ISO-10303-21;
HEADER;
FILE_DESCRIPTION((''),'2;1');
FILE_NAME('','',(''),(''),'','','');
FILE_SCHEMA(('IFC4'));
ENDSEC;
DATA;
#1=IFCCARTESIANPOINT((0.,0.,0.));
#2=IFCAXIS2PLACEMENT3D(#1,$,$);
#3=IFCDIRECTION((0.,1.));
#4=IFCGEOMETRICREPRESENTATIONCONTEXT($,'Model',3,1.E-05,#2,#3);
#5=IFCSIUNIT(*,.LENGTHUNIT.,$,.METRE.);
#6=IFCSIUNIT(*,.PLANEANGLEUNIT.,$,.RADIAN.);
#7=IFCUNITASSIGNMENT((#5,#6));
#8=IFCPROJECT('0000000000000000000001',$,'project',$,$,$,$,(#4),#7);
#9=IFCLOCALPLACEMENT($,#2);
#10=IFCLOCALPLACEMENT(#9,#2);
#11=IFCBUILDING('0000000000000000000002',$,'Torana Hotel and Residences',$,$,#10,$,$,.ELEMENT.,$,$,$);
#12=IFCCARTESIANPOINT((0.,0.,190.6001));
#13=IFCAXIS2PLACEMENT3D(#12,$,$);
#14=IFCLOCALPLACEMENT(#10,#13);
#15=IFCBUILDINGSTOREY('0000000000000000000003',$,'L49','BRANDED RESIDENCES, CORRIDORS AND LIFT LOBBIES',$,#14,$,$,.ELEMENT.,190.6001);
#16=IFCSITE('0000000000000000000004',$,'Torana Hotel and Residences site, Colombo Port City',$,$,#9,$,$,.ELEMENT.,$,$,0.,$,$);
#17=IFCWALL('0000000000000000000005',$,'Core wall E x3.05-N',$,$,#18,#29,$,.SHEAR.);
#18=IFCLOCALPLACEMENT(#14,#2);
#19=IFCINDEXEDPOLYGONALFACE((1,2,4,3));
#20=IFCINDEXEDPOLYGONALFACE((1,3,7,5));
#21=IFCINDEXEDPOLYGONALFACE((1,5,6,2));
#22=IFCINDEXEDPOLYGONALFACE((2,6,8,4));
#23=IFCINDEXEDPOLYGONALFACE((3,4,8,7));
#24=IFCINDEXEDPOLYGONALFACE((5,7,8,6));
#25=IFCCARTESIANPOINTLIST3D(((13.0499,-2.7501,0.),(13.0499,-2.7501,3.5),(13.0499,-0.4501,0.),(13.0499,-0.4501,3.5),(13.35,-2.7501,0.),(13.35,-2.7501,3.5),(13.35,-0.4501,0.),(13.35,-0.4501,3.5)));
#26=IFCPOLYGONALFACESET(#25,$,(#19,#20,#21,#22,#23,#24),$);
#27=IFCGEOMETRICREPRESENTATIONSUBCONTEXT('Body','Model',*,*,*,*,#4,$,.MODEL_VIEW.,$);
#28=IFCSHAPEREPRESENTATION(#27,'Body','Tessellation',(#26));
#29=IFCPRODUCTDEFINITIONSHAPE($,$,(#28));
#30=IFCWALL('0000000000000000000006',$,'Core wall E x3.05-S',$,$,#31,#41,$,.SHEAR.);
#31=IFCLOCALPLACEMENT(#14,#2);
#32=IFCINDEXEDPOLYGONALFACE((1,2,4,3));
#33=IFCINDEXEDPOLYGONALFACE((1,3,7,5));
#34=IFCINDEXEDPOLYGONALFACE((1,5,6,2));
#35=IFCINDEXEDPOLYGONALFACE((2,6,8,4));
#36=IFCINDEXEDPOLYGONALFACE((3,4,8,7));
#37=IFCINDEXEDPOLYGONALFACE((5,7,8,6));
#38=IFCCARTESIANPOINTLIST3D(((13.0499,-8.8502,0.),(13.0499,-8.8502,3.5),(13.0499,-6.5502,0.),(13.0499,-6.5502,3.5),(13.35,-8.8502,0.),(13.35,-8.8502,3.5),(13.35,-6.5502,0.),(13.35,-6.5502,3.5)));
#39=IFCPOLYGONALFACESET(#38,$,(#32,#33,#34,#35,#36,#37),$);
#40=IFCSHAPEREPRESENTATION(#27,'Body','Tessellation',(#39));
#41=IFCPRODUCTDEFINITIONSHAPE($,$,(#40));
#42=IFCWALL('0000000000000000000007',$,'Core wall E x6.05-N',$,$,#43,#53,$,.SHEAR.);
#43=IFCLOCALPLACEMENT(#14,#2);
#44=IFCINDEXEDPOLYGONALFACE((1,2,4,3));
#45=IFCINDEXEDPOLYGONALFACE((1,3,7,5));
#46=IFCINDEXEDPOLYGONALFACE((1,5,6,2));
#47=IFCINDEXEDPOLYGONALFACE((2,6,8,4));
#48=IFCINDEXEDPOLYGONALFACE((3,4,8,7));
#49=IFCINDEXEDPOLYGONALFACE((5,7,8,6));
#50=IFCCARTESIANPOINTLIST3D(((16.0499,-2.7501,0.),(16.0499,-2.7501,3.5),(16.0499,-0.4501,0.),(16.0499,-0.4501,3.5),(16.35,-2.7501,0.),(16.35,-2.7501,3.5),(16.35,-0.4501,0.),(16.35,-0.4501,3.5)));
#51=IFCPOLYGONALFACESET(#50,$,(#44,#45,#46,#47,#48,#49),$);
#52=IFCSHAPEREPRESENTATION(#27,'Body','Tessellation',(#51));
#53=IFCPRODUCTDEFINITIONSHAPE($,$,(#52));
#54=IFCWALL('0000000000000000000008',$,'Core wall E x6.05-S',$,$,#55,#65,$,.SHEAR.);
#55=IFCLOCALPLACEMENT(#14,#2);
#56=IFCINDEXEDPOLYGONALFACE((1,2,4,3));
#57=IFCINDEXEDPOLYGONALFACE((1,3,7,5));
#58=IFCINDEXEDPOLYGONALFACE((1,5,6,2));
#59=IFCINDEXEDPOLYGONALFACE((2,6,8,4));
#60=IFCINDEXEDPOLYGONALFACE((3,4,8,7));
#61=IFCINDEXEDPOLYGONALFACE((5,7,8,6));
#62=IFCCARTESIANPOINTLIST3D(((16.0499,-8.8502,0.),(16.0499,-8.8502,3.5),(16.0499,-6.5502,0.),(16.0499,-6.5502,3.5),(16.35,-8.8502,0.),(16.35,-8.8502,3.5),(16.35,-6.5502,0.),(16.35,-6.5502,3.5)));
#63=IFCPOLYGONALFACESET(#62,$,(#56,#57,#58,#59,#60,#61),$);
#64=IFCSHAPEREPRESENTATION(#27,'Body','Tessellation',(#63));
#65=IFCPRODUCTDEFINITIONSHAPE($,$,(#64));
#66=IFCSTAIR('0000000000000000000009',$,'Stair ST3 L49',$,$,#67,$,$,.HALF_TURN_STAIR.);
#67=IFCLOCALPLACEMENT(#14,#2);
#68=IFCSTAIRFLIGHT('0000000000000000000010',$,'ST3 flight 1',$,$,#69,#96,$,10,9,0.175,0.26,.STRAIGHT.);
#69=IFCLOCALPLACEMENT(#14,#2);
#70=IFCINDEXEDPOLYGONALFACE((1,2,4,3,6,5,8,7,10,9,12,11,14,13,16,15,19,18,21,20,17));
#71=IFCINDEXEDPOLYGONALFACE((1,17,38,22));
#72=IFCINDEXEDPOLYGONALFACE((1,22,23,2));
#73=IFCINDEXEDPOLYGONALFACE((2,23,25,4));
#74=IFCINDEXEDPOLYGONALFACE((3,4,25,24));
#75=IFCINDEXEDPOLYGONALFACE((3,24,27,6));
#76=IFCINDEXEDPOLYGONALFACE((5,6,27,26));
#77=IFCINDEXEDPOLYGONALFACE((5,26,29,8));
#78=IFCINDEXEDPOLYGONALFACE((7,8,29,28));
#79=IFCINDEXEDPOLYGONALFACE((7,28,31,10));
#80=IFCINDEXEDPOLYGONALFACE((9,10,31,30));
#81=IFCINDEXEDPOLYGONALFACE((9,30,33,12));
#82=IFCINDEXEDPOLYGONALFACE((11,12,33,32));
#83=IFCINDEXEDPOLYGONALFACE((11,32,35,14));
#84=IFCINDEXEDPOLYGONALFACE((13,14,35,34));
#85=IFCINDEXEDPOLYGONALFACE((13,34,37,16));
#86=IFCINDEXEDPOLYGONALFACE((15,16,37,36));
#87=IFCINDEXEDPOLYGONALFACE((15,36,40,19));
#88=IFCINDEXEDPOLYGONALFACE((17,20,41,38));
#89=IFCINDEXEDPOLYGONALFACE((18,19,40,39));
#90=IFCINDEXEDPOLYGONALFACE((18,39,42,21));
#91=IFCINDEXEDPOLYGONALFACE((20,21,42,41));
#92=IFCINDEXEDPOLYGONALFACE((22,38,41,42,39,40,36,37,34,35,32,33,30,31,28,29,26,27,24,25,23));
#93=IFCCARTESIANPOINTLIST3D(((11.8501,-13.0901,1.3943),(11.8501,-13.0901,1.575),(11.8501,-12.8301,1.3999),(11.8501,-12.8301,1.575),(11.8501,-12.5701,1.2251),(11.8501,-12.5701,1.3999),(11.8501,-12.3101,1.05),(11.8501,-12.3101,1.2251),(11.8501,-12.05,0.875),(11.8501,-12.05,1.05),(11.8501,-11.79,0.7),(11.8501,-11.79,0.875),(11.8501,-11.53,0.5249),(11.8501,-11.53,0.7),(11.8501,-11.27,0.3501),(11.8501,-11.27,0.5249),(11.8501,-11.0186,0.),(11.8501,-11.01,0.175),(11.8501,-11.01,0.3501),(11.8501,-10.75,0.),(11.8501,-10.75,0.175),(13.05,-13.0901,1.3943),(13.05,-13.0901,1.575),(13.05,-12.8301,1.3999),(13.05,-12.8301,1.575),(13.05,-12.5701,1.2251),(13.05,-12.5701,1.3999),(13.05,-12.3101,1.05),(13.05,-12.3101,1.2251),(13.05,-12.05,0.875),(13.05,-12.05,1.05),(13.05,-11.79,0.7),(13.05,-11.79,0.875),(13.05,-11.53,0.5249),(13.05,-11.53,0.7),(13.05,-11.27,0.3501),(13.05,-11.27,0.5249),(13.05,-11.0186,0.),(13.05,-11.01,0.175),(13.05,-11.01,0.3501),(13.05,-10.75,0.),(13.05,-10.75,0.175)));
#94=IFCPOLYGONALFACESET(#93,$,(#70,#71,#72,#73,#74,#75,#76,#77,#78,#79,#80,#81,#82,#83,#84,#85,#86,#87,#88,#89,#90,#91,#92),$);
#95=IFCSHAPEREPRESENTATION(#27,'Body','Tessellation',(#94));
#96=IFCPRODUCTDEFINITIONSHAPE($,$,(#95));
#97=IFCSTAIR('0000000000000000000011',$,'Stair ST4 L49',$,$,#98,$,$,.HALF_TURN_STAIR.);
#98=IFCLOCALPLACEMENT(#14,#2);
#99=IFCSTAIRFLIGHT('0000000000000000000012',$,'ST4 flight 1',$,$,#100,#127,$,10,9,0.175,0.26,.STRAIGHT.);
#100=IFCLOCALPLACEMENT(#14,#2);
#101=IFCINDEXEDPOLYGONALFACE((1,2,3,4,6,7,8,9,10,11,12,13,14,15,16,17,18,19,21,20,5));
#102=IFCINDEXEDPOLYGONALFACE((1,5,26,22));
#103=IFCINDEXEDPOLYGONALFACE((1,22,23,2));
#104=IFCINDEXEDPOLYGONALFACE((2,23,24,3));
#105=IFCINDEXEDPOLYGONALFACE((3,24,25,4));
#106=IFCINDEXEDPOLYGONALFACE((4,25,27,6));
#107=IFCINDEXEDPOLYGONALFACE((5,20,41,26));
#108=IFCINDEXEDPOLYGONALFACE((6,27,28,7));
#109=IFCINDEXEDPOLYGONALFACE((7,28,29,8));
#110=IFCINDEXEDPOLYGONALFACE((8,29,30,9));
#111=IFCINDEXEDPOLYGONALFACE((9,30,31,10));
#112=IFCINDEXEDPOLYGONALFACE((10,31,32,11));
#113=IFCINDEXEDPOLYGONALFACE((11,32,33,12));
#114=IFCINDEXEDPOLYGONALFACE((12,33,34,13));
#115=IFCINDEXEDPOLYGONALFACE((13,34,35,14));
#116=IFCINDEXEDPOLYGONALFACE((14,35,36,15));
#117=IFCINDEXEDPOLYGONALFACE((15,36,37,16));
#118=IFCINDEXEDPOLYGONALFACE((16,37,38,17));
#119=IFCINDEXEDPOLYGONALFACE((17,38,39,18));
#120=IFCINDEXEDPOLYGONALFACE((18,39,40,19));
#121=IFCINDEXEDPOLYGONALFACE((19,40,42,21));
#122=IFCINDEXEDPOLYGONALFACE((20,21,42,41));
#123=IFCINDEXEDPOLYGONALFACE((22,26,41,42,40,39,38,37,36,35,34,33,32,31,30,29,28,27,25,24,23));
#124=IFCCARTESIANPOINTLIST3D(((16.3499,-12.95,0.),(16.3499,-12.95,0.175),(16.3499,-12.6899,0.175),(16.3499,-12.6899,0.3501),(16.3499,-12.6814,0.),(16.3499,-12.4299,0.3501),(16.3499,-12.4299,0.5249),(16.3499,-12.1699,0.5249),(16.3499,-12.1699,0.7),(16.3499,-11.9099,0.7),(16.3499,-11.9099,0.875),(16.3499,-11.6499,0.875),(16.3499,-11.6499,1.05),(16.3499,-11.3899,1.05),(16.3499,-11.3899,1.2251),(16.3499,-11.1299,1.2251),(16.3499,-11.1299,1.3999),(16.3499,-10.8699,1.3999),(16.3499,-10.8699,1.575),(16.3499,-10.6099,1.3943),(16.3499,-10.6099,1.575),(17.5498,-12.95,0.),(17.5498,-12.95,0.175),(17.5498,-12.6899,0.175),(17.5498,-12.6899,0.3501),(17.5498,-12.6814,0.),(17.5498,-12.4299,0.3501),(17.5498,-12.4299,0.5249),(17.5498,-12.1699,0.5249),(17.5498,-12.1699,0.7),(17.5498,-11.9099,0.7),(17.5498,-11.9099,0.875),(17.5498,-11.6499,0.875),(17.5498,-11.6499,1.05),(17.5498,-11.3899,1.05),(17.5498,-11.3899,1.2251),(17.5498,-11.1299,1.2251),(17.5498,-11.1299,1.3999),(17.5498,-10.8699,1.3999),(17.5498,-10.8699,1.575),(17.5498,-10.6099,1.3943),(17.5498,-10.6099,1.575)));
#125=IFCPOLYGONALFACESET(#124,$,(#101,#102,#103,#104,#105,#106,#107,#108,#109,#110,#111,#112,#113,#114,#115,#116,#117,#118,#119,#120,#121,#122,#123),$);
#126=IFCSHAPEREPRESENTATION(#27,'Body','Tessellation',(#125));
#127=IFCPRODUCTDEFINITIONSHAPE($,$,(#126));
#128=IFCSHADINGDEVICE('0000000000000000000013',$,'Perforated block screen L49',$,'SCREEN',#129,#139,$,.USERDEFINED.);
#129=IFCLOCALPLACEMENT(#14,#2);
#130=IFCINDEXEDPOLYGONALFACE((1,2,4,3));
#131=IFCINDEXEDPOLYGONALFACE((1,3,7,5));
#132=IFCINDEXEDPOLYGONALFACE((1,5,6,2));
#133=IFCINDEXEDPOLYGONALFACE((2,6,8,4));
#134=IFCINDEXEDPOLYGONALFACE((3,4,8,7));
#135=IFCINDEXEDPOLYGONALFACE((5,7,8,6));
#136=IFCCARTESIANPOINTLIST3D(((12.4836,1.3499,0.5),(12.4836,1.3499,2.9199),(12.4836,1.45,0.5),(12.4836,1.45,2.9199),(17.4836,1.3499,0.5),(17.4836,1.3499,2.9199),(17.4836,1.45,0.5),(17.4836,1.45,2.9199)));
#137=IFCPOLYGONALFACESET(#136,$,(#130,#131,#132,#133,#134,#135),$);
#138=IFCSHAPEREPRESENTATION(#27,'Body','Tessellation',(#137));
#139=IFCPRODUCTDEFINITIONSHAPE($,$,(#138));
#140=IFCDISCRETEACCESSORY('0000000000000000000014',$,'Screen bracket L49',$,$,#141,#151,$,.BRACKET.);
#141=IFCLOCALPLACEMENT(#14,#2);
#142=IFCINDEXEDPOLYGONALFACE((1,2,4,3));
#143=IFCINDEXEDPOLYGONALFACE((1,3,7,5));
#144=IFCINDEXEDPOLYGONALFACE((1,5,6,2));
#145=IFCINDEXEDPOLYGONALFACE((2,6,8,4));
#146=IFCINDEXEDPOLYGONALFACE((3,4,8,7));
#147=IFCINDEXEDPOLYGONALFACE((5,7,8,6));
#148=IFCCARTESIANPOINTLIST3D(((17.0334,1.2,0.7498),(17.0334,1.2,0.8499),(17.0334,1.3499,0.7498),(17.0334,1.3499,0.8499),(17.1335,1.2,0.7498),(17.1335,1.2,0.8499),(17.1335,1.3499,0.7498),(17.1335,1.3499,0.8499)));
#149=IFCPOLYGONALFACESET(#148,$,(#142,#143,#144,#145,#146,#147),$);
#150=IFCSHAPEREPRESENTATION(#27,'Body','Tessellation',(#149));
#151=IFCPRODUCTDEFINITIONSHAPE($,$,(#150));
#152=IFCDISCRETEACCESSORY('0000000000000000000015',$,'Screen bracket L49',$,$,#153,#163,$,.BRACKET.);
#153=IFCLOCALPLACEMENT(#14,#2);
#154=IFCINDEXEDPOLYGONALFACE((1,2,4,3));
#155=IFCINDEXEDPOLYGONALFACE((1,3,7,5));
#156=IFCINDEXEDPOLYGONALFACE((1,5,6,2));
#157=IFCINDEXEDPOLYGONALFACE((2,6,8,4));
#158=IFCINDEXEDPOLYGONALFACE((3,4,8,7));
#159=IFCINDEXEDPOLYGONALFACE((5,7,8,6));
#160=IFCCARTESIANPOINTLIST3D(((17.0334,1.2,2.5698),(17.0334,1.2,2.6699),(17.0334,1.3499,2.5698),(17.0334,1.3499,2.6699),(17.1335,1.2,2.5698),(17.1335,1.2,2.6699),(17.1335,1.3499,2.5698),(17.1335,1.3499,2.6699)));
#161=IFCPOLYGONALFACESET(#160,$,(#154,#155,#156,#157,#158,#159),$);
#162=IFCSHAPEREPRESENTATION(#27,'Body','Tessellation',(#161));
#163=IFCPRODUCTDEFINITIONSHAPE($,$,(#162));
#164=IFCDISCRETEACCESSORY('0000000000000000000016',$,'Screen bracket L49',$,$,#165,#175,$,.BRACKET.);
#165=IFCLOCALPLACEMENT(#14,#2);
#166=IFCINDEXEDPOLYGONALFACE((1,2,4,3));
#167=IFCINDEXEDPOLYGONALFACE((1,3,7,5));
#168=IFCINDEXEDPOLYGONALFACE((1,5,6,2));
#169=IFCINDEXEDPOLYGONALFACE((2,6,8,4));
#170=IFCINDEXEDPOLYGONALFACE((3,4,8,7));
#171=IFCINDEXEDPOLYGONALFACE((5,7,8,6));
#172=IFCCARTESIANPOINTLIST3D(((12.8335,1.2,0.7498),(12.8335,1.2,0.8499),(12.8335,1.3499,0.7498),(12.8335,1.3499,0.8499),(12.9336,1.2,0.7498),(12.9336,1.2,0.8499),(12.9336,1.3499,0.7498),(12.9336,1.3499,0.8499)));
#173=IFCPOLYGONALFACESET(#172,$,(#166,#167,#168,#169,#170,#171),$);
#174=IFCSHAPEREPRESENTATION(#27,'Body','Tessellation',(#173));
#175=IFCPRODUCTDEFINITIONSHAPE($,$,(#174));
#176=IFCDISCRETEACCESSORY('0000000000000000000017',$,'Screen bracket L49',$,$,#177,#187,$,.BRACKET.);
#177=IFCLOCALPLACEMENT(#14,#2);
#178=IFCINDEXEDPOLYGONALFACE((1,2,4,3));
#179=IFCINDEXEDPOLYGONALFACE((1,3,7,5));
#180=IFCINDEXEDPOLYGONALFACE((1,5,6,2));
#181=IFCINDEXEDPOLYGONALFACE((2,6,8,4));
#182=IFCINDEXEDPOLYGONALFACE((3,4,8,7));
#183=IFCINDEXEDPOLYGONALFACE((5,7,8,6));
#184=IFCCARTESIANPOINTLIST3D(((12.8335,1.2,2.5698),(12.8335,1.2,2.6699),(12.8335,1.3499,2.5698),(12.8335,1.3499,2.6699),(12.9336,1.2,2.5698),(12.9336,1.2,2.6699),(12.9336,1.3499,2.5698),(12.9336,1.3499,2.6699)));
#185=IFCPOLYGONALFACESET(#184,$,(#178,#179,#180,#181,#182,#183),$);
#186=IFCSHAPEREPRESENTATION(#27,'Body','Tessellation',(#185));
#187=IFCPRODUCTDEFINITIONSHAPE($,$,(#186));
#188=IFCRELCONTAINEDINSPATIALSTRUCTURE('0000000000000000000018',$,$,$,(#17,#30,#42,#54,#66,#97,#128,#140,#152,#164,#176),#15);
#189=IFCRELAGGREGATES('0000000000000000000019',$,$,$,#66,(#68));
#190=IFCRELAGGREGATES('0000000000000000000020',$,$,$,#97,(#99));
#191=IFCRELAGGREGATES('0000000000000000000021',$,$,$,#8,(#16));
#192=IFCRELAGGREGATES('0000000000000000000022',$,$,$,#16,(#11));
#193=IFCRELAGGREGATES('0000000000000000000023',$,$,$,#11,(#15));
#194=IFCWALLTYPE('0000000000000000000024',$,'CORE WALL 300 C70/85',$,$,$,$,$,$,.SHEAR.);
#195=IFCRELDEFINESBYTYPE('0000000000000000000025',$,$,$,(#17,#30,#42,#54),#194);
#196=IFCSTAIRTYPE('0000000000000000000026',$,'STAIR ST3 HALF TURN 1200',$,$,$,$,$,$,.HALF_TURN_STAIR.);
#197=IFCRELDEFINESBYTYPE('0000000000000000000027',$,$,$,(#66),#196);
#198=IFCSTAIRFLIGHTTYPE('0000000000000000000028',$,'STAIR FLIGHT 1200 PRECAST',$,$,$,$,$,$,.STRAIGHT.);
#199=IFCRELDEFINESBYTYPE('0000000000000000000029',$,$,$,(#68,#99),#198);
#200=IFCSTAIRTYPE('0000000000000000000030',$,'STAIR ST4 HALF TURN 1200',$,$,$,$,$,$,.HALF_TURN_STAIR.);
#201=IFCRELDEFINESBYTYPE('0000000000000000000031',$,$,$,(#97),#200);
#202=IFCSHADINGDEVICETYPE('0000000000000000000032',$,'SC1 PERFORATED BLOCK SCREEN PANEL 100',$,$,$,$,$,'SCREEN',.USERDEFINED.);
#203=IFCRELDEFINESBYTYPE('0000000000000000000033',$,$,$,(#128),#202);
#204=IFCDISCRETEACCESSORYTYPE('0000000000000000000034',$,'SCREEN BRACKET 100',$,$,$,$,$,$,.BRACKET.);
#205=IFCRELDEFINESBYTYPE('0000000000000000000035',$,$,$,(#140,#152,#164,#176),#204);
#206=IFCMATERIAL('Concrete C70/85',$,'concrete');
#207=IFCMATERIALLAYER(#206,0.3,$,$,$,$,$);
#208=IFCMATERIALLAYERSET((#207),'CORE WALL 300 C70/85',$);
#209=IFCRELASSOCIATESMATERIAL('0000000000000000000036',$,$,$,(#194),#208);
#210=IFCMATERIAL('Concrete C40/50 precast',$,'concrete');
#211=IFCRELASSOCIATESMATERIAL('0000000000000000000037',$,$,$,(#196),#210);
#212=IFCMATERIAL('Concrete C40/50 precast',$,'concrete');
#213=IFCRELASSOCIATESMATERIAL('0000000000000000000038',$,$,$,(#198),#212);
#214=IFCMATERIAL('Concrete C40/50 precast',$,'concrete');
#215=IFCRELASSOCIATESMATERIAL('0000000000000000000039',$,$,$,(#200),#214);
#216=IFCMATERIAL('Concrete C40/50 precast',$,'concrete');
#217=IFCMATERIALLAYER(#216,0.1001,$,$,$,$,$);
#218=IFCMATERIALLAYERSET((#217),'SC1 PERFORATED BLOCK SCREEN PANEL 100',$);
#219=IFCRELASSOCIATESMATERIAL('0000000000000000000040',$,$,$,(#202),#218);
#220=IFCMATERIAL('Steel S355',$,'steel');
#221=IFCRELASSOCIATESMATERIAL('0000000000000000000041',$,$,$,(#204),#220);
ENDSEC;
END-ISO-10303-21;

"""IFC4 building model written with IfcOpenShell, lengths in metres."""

from ifc_helpers import new_model, si_unit, direction, frame, frame_2d, origin, origin_2d, place, context, subcontext, project, spatial, polyline, rectangle, outline, extrude, material, layer, layer_set, type_object, element, aggregate, save


model = new_model("IFC4")

# Units and contexts
model_context = context("Model", 3, precision=1e-05, world=origin(), true_north=direction((0.0, 1.0)))
body_context = subcontext(model_context, "Body", "Model", "MODEL_VIEW")
ifc_project = project(units=[si_unit("LENGTHUNIT", "METRE"), si_unit("PLANEANGLEUNIT", "RADIAN")], contexts=[model_context])

# Site, building, storey
site_placement = place(None, origin())
site = spatial("IfcSite", under=ifc_project, at=site_placement, Name="Torana Hotel and Residences site, Colombo Port City", CompositionType="ELEMENT", RefElevation=0.0)
building_placement = place(site_placement, origin())
building = spatial("IfcBuilding", under=site, at=building_placement, Name="Torana Hotel and Residences", CompositionType="ELEMENT")
storey_placement = place(building_placement, frame((0.0, 0.0, 190.6001)))
storey = spatial("IfcBuildingStorey", under=building, at=storey_placement, Name="L49", Description="BRANDED RESIDENCES, CORRIDORS AND LIFT LOBBIES", CompositionType="ELEMENT", Elevation=190.6001)

# Walls
ifc_material_1 = material(Name="Concrete C70/85", Category="concrete")
ifc_layer_1 = layer(ifc_material_1, 0.3)
ifc_layer_set_1 = layer_set([ifc_layer_1], Name="CORE WALL 300 C70/85")
wall_type = type_object("IfcWallType", Name="CORE WALL 300 C70/85", PredefinedType="SHEAR", material=ifc_layer_set_1)
for number, where, z_axis, x_axis, name in (
    (1, (13.2, -2.75, 0.0), (0.0, 0.0, 1.0), (0.0, 1.0, 0.0), "Core wall E x3.05-N"),
    (2, (13.2, -8.8501, 0.0), (0.0, 0.0, 1.0), (0.0, 1.0, 0.0), "Core wall E x3.05-S"),
    (3, (16.2, -2.75, 0.0), (0.0, 0.0, 1.0), (0.0, 1.0, 0.0), "Core wall E x6.05-N"),
    (4, (16.2, -8.8501, 0.0), (0.0, 0.0, 1.0), (0.0, 1.0, 0.0), "Core wall E x6.05-S"),
):
    element("IfcWall", number, at=place(storey_placement, frame(where, z_axis=z_axis, x_axis=x_axis)), inside=storey, type_object=wall_type, Name=name, PredefinedType="SHEAR", context=body_context, shape_type="SweptSolid", body=[
        extrude(rectangle(XDim=2.3, YDim=0.3, at=frame_2d((1.1499, 0.0))), origin(), (0.0, 0.0, 1.0), 3.5),
    ])

# Stairs, stair flights
ifc_material_2 = material(Name="Concrete C40/50 precast", Category="concrete")
stair_type_1 = type_object("IfcStairType", Name="STAIR ST3 HALF TURN 1200", PredefinedType="HALF_TURN_STAIR", material=ifc_material_2)
stair_1_placement = place(storey_placement, origin())
stair_1 = element("IfcStair", 5, at=stair_1_placement, inside=storey, type_object=stair_type_1, Name="Stair ST3 L49", PredefinedType="HALF_TURN_STAIR")
ifc_material_3 = material(Name="Concrete C40/50 precast", Category="concrete")
stair_flight_type = type_object("IfcStairFlightType", Name="STAIR FLIGHT 1200 PRECAST", PredefinedType="STRAIGHT", material=ifc_material_3)
stair_flight_1_placement = place(storey_placement, frame((12.45, -10.75, 0.0), z_axis=(0.0, 0.0, 1.0), x_axis=(0.0, -1.0, 0.0)))
stair_flight_1 = element("IfcStairFlight", 6, at=stair_flight_1_placement, type_object=stair_flight_type, Name="ST3 flight 1", NumberOfRisers=10, NumberOfTreads=9, PredefinedType="STRAIGHT", RiserHeight=0.175, TreadLength=0.26, context=body_context, shape_type="SweptSolid", body=[
    extrude(outline(polyline([(0.0, 0.0), (0.0, 0.175), (0.26, 0.175), (0.26, 0.3501), (0.52, 0.3501), (0.52, 0.5249), (0.78, 0.5249), (0.78, 0.7), (1.04, 0.7), (1.04, 0.875), (1.3, 0.875), (1.3, 1.05), (1.5601, 1.05), (1.5601, 1.2251), (1.8201, 1.2251), (1.8201, 1.3999), (2.0801, 1.3999), (2.0801, 1.575), (2.3401, 1.575), (2.3401, 1.75), (2.3401, 1.3943), (0.2686, 0.0), (0.0, 0.0)])), frame((0.0, 0.6001, 0.0), z_axis=(0.0, -1.0, 0.0), x_axis=(1.0, 0.0, 0.0)), (0.0, 0.0, 1.0), 1.2),
])
aggregate(stair_1, [stair_flight_1])
ifc_material_4 = material(Name="Concrete C40/50 precast", Category="concrete")
stair_type_2 = type_object("IfcStairType", Name="STAIR ST4 HALF TURN 1200", PredefinedType="HALF_TURN_STAIR", material=ifc_material_4)
stair_2_placement = place(storey_placement, origin())
stair_2 = element("IfcStair", 7, at=stair_2_placement, inside=storey, type_object=stair_type_2, Name="Stair ST4 L49", PredefinedType="HALF_TURN_STAIR")
stair_flight_2_placement = place(storey_placement, frame((16.95, -12.95, 0.0), z_axis=(0.0, 0.0, 1.0), x_axis=(0.0, 1.0, 0.0)))
stair_flight_2 = element("IfcStairFlight", 8, at=stair_flight_2_placement, type_object=stair_flight_type, Name="ST4 flight 1", NumberOfRisers=10, NumberOfTreads=9, PredefinedType="STRAIGHT", RiserHeight=0.175, TreadLength=0.26, context=body_context, shape_type="SweptSolid", body=[
    extrude(outline(polyline([(0.0, 0.0), (0.0, 0.175), (0.26, 0.175), (0.26, 0.3501), (0.52, 0.3501), (0.52, 0.5249), (0.78, 0.5249), (0.78, 0.7), (1.04, 0.7), (1.04, 0.875), (1.3, 0.875), (1.3, 1.05), (1.5601, 1.05), (1.5601, 1.2251), (1.8201, 1.2251), (1.8201, 1.3999), (2.0801, 1.3999), (2.0801, 1.575), (2.3401, 1.575), (2.3401, 1.75), (2.3401, 1.3943), (0.2686, 0.0), (0.0, 0.0)])), frame((0.0, 0.6001, 0.0), z_axis=(0.0, -1.0, 0.0), x_axis=(1.0, 0.0, 0.0)), (0.0, 0.0, 1.0), 1.2),
])
aggregate(stair_2, [stair_flight_2])

# Shading device
ifc_material_5 = material(Name="Concrete C40/50 precast", Category="concrete")
ifc_layer_2 = layer(ifc_material_5, 0.1001)
ifc_layer_set_2 = layer_set([ifc_layer_2], Name="SC1 PERFORATED BLOCK SCREEN PANEL 100")
shading_device_type = type_object("IfcShadingDeviceType", Name="SC1 PERFORATED BLOCK SCREEN PANEL 100", ElementType="SCREEN", PredefinedType="USERDEFINED", material=ifc_layer_set_2)
shading_device_placement = place(storey_placement, frame((14.9836, 1.3999, 0.5), z_axis=(0.0, 0.0, 1.0), x_axis=(-1.0, 0.0, 0.0)))
element("IfcShadingDevice", 9, at=shading_device_placement, inside=storey, type_object=shading_device_type, Name="Perforated block screen L49", ObjectType="SCREEN", PredefinedType="USERDEFINED", context=body_context, shape_type="SweptSolid", body=[
    extrude(rectangle(XDim=5.0, YDim=0.1001, at=origin_2d()), origin(), (0.0, 0.0, 1.0), 2.4199),
])

# Discrete accessories
ifc_material_6 = material(Name="Steel S355", Category="steel")
discrete_accessory_type = type_object("IfcDiscreteAccessoryType", Name="SCREEN BRACKET 100", PredefinedType="BRACKET", material=ifc_material_6)
for number, where, z_axis, x_axis, name in (
    (10, (17.0835, 1.2749, 0.7498), (0.0, 0.0, 1.0), (-1.0, 0.0, 0.0), "Screen bracket L49"),
    (11, (17.0835, 1.2749, 2.5698), (0.0, 0.0, 1.0), (-1.0, 0.0, 0.0), "Screen bracket L49"),
    (12, (12.8835, 1.2749, 0.7498), (0.0, 0.0, 1.0), (-1.0, 0.0, 0.0), "Screen bracket L49"),
    (13, (12.8835, 1.2749, 2.5698), (0.0, 0.0, 1.0), (-1.0, 0.0, 0.0), "Screen bracket L49"),
):
    element("IfcDiscreteAccessory", number, at=place(storey_placement, frame(where, z_axis=z_axis, x_axis=x_axis)), inside=storey, type_object=discrete_accessory_type, Name=name, PredefinedType="BRACKET", context=body_context, shape_type="SweptSolid", body=[
        extrude(rectangle(XDim=0.1001, YDim=0.1499, at=origin_2d()), origin(), (0.0, 0.0, 1.0), 0.1001),
    ])

save(model, "model.ifc")
